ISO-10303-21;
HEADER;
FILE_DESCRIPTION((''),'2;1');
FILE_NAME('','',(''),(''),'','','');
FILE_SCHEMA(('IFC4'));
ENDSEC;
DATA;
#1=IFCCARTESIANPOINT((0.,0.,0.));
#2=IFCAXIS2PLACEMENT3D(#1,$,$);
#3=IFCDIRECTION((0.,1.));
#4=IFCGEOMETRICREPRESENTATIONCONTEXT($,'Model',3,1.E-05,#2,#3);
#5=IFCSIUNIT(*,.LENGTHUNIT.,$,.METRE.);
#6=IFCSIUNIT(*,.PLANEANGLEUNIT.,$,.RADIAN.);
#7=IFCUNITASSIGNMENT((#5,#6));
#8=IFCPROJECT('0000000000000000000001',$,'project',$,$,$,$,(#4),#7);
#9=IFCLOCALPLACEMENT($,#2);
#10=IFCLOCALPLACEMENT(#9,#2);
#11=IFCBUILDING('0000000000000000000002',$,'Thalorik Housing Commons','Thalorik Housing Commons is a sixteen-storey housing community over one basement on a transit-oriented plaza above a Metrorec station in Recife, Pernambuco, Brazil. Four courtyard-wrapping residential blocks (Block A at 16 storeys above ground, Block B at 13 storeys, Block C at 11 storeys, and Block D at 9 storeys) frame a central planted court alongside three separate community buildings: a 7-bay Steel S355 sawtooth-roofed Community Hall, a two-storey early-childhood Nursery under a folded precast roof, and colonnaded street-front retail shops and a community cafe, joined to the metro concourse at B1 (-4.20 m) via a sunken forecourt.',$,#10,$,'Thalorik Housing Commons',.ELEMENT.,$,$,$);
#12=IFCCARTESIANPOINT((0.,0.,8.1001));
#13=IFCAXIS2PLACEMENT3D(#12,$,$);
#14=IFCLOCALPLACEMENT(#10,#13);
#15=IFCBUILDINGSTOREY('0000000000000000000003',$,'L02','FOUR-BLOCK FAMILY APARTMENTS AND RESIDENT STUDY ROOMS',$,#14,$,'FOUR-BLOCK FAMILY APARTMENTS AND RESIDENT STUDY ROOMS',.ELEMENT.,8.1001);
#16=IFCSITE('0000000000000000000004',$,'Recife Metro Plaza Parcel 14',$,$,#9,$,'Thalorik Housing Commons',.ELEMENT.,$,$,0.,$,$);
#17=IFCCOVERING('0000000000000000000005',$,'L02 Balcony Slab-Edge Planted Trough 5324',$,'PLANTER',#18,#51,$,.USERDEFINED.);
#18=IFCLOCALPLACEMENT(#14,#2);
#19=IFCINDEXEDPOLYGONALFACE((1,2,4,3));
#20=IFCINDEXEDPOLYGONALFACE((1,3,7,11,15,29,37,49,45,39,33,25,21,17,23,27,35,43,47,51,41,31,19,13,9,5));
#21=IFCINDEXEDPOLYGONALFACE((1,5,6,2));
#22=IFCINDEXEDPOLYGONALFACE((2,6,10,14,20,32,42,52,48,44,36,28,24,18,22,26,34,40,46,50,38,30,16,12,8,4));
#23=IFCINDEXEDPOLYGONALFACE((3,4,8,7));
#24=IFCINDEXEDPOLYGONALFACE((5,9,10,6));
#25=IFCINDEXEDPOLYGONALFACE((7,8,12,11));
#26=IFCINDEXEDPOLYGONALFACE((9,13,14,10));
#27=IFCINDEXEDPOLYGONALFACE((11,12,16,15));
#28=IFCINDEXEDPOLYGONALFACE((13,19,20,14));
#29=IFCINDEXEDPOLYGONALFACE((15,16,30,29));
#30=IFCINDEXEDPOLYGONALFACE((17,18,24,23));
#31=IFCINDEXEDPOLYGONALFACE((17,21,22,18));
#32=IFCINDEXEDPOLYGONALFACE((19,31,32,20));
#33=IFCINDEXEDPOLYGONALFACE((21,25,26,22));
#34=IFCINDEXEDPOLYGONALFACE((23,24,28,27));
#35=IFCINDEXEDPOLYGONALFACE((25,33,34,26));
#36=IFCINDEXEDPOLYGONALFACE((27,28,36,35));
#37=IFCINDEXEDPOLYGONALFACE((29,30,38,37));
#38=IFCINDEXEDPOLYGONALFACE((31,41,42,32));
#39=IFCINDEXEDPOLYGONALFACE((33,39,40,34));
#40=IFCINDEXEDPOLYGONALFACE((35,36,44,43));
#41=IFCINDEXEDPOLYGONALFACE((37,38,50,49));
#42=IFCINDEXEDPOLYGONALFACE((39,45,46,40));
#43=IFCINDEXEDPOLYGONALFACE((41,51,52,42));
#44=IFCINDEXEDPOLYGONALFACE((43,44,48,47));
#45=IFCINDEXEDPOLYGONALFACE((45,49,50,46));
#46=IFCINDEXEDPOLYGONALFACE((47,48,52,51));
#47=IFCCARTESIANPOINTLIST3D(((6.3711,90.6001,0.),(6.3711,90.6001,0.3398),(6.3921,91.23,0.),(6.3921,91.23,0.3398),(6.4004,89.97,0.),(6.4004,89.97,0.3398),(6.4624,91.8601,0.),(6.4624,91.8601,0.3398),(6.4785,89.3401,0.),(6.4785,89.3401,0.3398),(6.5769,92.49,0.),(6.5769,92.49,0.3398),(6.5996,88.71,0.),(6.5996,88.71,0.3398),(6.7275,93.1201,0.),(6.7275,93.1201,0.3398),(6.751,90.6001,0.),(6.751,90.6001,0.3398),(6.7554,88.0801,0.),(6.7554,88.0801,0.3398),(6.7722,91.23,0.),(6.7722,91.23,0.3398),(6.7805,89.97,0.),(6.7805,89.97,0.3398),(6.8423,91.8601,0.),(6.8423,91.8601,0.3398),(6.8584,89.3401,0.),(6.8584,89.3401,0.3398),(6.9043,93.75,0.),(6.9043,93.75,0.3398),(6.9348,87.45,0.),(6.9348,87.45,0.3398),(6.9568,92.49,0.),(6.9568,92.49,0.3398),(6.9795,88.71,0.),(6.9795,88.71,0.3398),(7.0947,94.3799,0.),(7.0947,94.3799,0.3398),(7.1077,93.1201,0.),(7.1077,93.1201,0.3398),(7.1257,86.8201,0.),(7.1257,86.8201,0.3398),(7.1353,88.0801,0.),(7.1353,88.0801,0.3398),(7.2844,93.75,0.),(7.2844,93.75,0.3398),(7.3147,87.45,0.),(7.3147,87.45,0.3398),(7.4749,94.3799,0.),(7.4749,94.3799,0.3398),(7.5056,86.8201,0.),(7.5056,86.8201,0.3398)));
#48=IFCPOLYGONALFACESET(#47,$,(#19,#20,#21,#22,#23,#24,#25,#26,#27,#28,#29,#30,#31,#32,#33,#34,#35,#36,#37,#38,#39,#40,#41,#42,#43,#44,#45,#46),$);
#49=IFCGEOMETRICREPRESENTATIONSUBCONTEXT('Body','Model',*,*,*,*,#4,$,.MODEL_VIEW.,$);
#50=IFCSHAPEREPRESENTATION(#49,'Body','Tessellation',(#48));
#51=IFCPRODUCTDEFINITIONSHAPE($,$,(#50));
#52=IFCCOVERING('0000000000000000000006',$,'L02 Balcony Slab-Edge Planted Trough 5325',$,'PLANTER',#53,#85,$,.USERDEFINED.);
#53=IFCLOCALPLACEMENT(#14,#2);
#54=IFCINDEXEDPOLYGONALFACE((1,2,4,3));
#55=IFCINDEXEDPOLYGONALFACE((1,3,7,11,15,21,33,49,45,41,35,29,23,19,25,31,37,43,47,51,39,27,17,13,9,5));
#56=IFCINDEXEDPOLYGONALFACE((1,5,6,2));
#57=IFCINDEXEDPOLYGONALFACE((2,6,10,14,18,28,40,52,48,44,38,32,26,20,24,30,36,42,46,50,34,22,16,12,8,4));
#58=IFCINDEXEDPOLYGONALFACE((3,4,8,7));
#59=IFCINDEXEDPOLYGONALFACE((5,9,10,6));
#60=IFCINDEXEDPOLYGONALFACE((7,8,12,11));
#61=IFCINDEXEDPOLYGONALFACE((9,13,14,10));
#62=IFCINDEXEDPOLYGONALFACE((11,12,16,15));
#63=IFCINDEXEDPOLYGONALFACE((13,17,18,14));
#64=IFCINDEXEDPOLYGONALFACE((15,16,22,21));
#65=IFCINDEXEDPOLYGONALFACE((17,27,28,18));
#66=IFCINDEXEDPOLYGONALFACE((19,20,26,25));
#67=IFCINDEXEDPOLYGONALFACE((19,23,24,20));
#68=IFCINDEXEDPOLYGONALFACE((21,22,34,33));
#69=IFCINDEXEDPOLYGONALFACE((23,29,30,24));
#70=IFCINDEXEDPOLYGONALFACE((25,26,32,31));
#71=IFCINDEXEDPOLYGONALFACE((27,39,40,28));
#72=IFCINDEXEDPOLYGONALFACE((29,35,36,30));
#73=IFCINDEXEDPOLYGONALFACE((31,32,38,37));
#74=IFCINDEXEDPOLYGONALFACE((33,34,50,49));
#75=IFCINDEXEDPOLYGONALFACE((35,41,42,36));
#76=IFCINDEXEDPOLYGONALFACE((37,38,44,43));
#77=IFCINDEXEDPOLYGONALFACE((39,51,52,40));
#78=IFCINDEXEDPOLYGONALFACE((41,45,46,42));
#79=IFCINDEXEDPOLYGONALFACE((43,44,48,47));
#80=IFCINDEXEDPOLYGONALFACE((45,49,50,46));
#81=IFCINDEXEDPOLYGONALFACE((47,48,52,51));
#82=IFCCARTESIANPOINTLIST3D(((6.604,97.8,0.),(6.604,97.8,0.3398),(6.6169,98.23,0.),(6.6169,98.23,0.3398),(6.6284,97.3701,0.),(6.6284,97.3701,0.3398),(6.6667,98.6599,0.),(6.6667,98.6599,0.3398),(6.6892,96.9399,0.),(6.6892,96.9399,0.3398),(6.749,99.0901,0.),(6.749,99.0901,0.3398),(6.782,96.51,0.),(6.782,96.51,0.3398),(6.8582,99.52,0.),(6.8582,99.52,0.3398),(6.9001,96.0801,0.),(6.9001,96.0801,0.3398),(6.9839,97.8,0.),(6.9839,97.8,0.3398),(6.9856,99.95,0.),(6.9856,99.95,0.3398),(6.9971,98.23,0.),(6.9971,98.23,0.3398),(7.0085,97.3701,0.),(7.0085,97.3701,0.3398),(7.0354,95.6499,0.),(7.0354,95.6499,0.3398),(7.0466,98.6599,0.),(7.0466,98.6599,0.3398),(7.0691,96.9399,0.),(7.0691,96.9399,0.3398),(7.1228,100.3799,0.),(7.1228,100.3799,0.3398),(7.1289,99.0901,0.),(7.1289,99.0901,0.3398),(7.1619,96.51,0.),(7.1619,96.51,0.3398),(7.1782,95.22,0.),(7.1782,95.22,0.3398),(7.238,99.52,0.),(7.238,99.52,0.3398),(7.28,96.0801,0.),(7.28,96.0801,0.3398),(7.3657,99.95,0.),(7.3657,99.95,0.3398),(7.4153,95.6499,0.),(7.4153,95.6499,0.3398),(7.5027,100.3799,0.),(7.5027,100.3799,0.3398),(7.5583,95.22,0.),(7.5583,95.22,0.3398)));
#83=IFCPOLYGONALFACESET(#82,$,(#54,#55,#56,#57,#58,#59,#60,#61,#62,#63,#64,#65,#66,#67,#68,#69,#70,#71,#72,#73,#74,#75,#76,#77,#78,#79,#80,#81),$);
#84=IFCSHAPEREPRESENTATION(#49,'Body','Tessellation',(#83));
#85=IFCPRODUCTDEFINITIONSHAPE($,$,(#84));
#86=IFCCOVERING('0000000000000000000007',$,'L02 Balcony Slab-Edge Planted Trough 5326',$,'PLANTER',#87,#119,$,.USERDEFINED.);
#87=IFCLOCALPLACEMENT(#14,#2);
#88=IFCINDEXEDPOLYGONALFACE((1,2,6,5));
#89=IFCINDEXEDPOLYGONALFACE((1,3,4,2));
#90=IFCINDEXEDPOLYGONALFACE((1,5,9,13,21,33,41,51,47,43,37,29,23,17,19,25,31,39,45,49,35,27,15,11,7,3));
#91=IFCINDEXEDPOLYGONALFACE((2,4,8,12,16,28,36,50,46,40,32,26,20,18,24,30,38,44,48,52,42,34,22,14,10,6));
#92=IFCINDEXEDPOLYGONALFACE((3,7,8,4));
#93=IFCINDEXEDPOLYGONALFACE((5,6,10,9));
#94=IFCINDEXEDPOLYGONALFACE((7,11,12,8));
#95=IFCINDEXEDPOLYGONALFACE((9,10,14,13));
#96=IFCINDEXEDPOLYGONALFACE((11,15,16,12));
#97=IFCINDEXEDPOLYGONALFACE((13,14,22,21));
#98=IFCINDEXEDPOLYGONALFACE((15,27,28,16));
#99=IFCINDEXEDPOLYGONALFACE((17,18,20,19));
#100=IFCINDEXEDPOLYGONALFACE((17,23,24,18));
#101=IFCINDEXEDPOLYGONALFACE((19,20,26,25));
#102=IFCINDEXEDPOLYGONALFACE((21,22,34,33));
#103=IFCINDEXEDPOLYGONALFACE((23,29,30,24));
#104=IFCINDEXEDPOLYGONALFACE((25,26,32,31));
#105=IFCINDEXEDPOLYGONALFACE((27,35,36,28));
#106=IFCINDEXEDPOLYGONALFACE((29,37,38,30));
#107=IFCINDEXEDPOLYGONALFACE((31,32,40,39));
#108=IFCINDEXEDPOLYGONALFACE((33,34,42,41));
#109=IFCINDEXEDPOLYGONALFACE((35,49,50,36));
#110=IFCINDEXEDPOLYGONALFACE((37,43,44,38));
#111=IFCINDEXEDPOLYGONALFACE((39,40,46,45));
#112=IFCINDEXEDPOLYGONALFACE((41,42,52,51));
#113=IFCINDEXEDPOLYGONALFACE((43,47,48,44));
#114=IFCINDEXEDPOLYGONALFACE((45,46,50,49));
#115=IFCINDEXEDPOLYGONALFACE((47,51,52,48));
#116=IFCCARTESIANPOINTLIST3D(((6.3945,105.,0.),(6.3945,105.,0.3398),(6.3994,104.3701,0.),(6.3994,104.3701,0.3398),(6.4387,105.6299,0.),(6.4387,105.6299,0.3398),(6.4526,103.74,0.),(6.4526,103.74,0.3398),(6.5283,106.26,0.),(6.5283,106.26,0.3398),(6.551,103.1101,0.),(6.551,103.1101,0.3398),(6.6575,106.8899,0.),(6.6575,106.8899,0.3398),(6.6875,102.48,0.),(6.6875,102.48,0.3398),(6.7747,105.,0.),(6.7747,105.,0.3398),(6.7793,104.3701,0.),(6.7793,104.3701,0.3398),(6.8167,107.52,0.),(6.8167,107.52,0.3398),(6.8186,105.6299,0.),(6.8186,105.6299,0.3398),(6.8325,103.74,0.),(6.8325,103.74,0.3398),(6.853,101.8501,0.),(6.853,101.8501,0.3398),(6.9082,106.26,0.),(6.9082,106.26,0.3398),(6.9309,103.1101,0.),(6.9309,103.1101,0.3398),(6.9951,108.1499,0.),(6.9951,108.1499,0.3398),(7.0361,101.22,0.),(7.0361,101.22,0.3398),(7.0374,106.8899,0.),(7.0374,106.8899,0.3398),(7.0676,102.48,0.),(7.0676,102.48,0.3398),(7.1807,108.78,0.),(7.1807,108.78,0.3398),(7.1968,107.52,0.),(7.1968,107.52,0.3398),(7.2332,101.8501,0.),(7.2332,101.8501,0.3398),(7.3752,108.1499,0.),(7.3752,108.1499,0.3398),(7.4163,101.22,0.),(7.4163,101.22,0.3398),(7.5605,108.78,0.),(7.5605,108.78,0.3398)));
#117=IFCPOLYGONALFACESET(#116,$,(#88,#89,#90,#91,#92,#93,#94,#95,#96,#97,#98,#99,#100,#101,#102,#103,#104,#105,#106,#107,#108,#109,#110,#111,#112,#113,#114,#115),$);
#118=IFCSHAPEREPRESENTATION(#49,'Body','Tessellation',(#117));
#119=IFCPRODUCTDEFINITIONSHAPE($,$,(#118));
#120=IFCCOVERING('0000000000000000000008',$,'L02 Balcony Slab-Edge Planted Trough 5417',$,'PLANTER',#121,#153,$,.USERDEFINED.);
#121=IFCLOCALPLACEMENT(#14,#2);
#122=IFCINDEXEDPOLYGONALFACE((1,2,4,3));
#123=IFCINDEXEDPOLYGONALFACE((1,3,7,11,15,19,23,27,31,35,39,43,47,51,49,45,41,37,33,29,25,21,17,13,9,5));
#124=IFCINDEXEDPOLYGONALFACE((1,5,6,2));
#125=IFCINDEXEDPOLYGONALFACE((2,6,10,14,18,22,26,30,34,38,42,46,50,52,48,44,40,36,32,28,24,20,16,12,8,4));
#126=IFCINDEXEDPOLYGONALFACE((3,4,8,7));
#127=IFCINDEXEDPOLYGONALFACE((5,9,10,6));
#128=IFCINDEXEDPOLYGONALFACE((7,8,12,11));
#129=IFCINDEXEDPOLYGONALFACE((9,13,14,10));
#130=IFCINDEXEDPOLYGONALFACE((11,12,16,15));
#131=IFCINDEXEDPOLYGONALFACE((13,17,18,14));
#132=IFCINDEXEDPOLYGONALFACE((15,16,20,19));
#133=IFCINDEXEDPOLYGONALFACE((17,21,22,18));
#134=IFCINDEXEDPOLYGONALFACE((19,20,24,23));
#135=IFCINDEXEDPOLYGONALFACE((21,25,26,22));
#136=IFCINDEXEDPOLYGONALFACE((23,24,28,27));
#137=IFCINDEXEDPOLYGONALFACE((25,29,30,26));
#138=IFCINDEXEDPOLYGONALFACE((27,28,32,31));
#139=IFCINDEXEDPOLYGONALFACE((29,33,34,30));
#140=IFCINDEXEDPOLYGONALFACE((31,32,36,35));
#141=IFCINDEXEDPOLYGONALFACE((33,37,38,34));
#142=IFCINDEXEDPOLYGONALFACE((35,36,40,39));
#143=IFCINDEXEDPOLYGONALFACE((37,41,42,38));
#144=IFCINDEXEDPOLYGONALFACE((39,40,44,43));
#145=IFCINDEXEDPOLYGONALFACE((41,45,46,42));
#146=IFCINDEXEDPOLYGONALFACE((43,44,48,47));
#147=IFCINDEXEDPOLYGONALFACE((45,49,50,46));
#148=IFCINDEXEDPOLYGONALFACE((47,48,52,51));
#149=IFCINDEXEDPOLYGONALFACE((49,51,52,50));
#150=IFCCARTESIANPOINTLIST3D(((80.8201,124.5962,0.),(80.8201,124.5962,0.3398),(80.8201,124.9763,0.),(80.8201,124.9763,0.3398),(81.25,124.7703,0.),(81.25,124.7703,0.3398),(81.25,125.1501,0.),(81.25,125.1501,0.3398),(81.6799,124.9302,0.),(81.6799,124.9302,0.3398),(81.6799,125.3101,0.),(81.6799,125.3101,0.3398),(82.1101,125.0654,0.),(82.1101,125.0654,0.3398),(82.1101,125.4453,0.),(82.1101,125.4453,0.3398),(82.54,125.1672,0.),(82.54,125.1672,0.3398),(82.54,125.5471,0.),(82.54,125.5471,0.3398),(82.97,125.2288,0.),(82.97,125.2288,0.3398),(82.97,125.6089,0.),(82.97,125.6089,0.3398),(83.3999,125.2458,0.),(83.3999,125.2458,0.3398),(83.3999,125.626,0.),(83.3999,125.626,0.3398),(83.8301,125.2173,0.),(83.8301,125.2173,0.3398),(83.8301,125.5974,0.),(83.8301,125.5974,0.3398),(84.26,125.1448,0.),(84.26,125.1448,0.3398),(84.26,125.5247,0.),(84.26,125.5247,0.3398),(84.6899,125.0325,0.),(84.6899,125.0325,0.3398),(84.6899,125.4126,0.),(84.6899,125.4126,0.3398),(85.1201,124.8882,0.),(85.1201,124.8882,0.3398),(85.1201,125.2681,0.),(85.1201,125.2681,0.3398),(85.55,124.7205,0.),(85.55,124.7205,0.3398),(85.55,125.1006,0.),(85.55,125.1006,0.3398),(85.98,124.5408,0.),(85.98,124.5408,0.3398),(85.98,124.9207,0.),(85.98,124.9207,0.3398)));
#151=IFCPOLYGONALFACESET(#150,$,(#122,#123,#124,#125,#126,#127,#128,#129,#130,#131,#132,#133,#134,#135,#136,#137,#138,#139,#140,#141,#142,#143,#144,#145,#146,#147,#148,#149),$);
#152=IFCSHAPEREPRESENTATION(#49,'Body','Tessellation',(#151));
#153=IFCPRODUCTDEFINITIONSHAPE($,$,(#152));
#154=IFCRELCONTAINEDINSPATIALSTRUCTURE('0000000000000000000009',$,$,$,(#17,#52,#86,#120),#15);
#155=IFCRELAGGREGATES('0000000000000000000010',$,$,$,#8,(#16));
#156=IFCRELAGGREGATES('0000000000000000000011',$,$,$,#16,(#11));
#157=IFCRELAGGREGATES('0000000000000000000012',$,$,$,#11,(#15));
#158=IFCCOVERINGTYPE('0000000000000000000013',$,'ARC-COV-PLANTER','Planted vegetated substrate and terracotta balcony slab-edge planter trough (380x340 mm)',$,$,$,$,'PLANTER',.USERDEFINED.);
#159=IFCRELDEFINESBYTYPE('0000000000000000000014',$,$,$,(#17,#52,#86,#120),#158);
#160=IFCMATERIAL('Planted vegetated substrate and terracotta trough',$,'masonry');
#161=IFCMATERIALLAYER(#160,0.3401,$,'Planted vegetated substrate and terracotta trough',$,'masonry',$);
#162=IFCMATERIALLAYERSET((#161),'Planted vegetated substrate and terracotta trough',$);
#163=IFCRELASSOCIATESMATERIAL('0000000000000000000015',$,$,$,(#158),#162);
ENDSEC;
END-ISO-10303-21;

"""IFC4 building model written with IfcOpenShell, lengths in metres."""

from ifc_helpers import new_model, si_unit, direction, frame, origin, place, context, subcontext, project, spatial, polyline, outline, extrude, material, layer, layer_set, type_object, element, save


model = new_model("IFC4")

# Units and contexts
model_context = context("Model", 3, precision=1e-05, world=origin(), true_north=direction((0.0, 1.0)))
body_context = subcontext(model_context, "Body", "Model", "MODEL_VIEW")
ifc_project = project(units=[si_unit("LENGTHUNIT", "METRE"), si_unit("PLANEANGLEUNIT", "RADIAN")], contexts=[model_context])

# Site, building, storey
site_placement = place(None, origin())
site = spatial("IfcSite", under=ifc_project, at=site_placement, Name="Recife Metro Plaza Parcel 14", LongName="Thalorik Housing Commons", CompositionType="ELEMENT", RefElevation=0.0)
building_placement = place(site_placement, origin())
building = spatial("IfcBuilding", under=site, at=building_placement, Name="Thalorik Housing Commons", Description="Thalorik Housing Commons is a sixteen-storey housing community over one basement on a transit-oriented plaza above a Metrorec station in Recife, Pernambuco, Brazil. Four courtyard-wrapping residential blocks (Block A at 16 storeys above ground, Block B at 13 storeys, Block C at 11 storeys, and Block D at 9 storeys) frame a central planted court alongside three separate community buildings: a 7-bay Steel S355 sawtooth-roofed Community Hall, a two-storey early-childhood Nursery under a folded precast roof, and colonnaded street-front retail shops and a community cafe, joined to the metro concourse at B1 (-4.20 m) via a sunken forecourt.", LongName="Thalorik Housing Commons", CompositionType="ELEMENT")
storey_placement = place(building_placement, frame((0.0, 0.0, 8.1001)))
storey = spatial("IfcBuildingStorey", under=building, at=storey_placement, Name="L02", Description="FOUR-BLOCK FAMILY APARTMENTS AND RESIDENT STUDY ROOMS", LongName="FOUR-BLOCK FAMILY APARTMENTS AND RESIDENT STUDY ROOMS", CompositionType="ELEMENT", Elevation=8.1001)

# Coverings
ifc_material_1 = material(Name="Planted vegetated substrate and terracotta trough", Category="masonry")
ifc_layer_1 = layer(ifc_material_1, 0.3401, Name="Planted vegetated substrate and terracotta trough", Category="masonry")
ifc_layer_set_1 = layer_set([ifc_layer_1], Name="Planted vegetated substrate and terracotta trough")
covering_type_1 = type_object("IfcCoveringType", Name="ARC-COV-PLANTER", Description="Planted vegetated substrate and terracotta balcony slab-edge planter trough (380x340 mm)", ElementType="PLANTER", PredefinedType="USERDEFINED", material=ifc_layer_set_1)
covering_1_placement = place(storey_placement, origin())
element("IfcCovering", 1, at=covering_1_placement, inside=storey, type_object=covering_type_1, Name="L02 Balcony Slab-Edge Planted Trough 5324", ObjectType="PLANTER", PredefinedType="USERDEFINED", context=body_context, shape_type="SweptSolid", body=[
    extrude(outline(polyline([(7.0947, 94.3799), (6.9043, 93.75), (6.7275, 93.1201), (6.5769, 92.49), (6.4624, 91.8601), (6.3921, 91.23), (6.3711, 90.6001), (6.4004, 89.97), (6.4785, 89.3401), (6.5996, 88.71), (6.7554, 88.0801), (6.9348, 87.45), (7.1257, 86.8201), (7.5056, 86.8201), (7.3147, 87.45), (7.1353, 88.0801), (6.9795, 88.71), (6.8584, 89.3401), (6.7805, 89.97), (6.751, 90.6001), (6.7722, 91.23), (6.8423, 91.8601), (6.9568, 92.49), (7.1077, 93.1201), (7.2844, 93.75), (7.4749, 94.3799), (7.0947, 94.3799)])), origin(), (0.0, 0.0, 1.0), 0.3398),
])
covering_2_placement = place(storey_placement, origin())
element("IfcCovering", 2, at=covering_2_placement, inside=storey, type_object=covering_type_1, Name="L02 Balcony Slab-Edge Planted Trough 5325", ObjectType="PLANTER", PredefinedType="USERDEFINED", context=body_context, shape_type="SweptSolid", body=[
    extrude(outline(polyline([(7.1228, 100.3799), (6.9856, 99.95), (6.8582, 99.52), (6.749, 99.0901), (6.6667, 98.6599), (6.6169, 98.23), (6.604, 97.8), (6.6284, 97.3701), (6.6892, 96.9399), (6.782, 96.51), (6.9001, 96.0801), (7.0354, 95.6499), (7.1782, 95.22), (7.5583, 95.22), (7.4153, 95.6499), (7.28, 96.0801), (7.1619, 96.51), (7.0691, 96.9399), (7.0085, 97.3701), (6.9839, 97.8), (6.9971, 98.23), (7.0466, 98.6599), (7.1289, 99.0901), (7.238, 99.52), (7.3657, 99.95), (7.5027, 100.3799), (7.1228, 100.3799)])), origin(), (0.0, 0.0, 1.0), 0.3398),
])
covering_3_placement = place(storey_placement, origin())
element("IfcCovering", 3, at=covering_3_placement, inside=storey, type_object=covering_type_1, Name="L02 Balcony Slab-Edge Planted Trough 5326", ObjectType="PLANTER", PredefinedType="USERDEFINED", context=body_context, shape_type="SweptSolid", body=[
    extrude(outline(polyline([(7.1807, 108.78), (6.9951, 108.1499), (6.8167, 107.52), (6.6575, 106.8899), (6.5283, 106.26), (6.4387, 105.6299), (6.3945, 105.0), (6.3994, 104.3701), (6.4526, 103.74), (6.551, 103.1101), (6.6875, 102.48), (6.853, 101.8501), (7.0361, 101.22), (7.4163, 101.22), (7.2332, 101.8501), (7.0676, 102.48), (6.9309, 103.1101), (6.8325, 103.74), (6.7793, 104.3701), (6.7747, 105.0), (6.8186, 105.6299), (6.9082, 106.26), (7.0374, 106.8899), (7.1968, 107.52), (7.3752, 108.1499), (7.5605, 108.78), (7.1807, 108.78)])), origin(), (0.0, 0.0, 1.0), 0.3398),
])
covering_4_placement = place(storey_placement, origin())
element("IfcCovering", 4, at=covering_4_placement, inside=storey, type_object=covering_type_1, Name="L02 Balcony Slab-Edge Planted Trough 5417", ObjectType="PLANTER", PredefinedType="USERDEFINED", context=body_context, shape_type="SweptSolid", body=[
    extrude(outline(polyline([(85.98, 124.9207), (85.55, 125.1006), (85.1201, 125.2681), (84.6899, 125.4126), (84.26, 125.5247), (83.8301, 125.5974), (83.3999, 125.626), (82.97, 125.6089), (82.54, 125.5471), (82.1101, 125.4453), (81.6799, 125.3101), (81.25, 125.1501), (80.8201, 124.9763), (80.8201, 124.5962), (81.25, 124.7703), (81.6799, 124.9302), (82.1101, 125.0654), (82.54, 125.1672), (82.97, 125.2288), (83.3999, 125.2458), (83.8301, 125.2173), (84.26, 125.1448), (84.6899, 125.0325), (85.1201, 124.8882), (85.55, 124.7205), (85.98, 124.5408), (85.98, 124.9207)])), origin(), (0.0, 0.0, 1.0), 0.3398),
])

save(model, "model.ifc")
